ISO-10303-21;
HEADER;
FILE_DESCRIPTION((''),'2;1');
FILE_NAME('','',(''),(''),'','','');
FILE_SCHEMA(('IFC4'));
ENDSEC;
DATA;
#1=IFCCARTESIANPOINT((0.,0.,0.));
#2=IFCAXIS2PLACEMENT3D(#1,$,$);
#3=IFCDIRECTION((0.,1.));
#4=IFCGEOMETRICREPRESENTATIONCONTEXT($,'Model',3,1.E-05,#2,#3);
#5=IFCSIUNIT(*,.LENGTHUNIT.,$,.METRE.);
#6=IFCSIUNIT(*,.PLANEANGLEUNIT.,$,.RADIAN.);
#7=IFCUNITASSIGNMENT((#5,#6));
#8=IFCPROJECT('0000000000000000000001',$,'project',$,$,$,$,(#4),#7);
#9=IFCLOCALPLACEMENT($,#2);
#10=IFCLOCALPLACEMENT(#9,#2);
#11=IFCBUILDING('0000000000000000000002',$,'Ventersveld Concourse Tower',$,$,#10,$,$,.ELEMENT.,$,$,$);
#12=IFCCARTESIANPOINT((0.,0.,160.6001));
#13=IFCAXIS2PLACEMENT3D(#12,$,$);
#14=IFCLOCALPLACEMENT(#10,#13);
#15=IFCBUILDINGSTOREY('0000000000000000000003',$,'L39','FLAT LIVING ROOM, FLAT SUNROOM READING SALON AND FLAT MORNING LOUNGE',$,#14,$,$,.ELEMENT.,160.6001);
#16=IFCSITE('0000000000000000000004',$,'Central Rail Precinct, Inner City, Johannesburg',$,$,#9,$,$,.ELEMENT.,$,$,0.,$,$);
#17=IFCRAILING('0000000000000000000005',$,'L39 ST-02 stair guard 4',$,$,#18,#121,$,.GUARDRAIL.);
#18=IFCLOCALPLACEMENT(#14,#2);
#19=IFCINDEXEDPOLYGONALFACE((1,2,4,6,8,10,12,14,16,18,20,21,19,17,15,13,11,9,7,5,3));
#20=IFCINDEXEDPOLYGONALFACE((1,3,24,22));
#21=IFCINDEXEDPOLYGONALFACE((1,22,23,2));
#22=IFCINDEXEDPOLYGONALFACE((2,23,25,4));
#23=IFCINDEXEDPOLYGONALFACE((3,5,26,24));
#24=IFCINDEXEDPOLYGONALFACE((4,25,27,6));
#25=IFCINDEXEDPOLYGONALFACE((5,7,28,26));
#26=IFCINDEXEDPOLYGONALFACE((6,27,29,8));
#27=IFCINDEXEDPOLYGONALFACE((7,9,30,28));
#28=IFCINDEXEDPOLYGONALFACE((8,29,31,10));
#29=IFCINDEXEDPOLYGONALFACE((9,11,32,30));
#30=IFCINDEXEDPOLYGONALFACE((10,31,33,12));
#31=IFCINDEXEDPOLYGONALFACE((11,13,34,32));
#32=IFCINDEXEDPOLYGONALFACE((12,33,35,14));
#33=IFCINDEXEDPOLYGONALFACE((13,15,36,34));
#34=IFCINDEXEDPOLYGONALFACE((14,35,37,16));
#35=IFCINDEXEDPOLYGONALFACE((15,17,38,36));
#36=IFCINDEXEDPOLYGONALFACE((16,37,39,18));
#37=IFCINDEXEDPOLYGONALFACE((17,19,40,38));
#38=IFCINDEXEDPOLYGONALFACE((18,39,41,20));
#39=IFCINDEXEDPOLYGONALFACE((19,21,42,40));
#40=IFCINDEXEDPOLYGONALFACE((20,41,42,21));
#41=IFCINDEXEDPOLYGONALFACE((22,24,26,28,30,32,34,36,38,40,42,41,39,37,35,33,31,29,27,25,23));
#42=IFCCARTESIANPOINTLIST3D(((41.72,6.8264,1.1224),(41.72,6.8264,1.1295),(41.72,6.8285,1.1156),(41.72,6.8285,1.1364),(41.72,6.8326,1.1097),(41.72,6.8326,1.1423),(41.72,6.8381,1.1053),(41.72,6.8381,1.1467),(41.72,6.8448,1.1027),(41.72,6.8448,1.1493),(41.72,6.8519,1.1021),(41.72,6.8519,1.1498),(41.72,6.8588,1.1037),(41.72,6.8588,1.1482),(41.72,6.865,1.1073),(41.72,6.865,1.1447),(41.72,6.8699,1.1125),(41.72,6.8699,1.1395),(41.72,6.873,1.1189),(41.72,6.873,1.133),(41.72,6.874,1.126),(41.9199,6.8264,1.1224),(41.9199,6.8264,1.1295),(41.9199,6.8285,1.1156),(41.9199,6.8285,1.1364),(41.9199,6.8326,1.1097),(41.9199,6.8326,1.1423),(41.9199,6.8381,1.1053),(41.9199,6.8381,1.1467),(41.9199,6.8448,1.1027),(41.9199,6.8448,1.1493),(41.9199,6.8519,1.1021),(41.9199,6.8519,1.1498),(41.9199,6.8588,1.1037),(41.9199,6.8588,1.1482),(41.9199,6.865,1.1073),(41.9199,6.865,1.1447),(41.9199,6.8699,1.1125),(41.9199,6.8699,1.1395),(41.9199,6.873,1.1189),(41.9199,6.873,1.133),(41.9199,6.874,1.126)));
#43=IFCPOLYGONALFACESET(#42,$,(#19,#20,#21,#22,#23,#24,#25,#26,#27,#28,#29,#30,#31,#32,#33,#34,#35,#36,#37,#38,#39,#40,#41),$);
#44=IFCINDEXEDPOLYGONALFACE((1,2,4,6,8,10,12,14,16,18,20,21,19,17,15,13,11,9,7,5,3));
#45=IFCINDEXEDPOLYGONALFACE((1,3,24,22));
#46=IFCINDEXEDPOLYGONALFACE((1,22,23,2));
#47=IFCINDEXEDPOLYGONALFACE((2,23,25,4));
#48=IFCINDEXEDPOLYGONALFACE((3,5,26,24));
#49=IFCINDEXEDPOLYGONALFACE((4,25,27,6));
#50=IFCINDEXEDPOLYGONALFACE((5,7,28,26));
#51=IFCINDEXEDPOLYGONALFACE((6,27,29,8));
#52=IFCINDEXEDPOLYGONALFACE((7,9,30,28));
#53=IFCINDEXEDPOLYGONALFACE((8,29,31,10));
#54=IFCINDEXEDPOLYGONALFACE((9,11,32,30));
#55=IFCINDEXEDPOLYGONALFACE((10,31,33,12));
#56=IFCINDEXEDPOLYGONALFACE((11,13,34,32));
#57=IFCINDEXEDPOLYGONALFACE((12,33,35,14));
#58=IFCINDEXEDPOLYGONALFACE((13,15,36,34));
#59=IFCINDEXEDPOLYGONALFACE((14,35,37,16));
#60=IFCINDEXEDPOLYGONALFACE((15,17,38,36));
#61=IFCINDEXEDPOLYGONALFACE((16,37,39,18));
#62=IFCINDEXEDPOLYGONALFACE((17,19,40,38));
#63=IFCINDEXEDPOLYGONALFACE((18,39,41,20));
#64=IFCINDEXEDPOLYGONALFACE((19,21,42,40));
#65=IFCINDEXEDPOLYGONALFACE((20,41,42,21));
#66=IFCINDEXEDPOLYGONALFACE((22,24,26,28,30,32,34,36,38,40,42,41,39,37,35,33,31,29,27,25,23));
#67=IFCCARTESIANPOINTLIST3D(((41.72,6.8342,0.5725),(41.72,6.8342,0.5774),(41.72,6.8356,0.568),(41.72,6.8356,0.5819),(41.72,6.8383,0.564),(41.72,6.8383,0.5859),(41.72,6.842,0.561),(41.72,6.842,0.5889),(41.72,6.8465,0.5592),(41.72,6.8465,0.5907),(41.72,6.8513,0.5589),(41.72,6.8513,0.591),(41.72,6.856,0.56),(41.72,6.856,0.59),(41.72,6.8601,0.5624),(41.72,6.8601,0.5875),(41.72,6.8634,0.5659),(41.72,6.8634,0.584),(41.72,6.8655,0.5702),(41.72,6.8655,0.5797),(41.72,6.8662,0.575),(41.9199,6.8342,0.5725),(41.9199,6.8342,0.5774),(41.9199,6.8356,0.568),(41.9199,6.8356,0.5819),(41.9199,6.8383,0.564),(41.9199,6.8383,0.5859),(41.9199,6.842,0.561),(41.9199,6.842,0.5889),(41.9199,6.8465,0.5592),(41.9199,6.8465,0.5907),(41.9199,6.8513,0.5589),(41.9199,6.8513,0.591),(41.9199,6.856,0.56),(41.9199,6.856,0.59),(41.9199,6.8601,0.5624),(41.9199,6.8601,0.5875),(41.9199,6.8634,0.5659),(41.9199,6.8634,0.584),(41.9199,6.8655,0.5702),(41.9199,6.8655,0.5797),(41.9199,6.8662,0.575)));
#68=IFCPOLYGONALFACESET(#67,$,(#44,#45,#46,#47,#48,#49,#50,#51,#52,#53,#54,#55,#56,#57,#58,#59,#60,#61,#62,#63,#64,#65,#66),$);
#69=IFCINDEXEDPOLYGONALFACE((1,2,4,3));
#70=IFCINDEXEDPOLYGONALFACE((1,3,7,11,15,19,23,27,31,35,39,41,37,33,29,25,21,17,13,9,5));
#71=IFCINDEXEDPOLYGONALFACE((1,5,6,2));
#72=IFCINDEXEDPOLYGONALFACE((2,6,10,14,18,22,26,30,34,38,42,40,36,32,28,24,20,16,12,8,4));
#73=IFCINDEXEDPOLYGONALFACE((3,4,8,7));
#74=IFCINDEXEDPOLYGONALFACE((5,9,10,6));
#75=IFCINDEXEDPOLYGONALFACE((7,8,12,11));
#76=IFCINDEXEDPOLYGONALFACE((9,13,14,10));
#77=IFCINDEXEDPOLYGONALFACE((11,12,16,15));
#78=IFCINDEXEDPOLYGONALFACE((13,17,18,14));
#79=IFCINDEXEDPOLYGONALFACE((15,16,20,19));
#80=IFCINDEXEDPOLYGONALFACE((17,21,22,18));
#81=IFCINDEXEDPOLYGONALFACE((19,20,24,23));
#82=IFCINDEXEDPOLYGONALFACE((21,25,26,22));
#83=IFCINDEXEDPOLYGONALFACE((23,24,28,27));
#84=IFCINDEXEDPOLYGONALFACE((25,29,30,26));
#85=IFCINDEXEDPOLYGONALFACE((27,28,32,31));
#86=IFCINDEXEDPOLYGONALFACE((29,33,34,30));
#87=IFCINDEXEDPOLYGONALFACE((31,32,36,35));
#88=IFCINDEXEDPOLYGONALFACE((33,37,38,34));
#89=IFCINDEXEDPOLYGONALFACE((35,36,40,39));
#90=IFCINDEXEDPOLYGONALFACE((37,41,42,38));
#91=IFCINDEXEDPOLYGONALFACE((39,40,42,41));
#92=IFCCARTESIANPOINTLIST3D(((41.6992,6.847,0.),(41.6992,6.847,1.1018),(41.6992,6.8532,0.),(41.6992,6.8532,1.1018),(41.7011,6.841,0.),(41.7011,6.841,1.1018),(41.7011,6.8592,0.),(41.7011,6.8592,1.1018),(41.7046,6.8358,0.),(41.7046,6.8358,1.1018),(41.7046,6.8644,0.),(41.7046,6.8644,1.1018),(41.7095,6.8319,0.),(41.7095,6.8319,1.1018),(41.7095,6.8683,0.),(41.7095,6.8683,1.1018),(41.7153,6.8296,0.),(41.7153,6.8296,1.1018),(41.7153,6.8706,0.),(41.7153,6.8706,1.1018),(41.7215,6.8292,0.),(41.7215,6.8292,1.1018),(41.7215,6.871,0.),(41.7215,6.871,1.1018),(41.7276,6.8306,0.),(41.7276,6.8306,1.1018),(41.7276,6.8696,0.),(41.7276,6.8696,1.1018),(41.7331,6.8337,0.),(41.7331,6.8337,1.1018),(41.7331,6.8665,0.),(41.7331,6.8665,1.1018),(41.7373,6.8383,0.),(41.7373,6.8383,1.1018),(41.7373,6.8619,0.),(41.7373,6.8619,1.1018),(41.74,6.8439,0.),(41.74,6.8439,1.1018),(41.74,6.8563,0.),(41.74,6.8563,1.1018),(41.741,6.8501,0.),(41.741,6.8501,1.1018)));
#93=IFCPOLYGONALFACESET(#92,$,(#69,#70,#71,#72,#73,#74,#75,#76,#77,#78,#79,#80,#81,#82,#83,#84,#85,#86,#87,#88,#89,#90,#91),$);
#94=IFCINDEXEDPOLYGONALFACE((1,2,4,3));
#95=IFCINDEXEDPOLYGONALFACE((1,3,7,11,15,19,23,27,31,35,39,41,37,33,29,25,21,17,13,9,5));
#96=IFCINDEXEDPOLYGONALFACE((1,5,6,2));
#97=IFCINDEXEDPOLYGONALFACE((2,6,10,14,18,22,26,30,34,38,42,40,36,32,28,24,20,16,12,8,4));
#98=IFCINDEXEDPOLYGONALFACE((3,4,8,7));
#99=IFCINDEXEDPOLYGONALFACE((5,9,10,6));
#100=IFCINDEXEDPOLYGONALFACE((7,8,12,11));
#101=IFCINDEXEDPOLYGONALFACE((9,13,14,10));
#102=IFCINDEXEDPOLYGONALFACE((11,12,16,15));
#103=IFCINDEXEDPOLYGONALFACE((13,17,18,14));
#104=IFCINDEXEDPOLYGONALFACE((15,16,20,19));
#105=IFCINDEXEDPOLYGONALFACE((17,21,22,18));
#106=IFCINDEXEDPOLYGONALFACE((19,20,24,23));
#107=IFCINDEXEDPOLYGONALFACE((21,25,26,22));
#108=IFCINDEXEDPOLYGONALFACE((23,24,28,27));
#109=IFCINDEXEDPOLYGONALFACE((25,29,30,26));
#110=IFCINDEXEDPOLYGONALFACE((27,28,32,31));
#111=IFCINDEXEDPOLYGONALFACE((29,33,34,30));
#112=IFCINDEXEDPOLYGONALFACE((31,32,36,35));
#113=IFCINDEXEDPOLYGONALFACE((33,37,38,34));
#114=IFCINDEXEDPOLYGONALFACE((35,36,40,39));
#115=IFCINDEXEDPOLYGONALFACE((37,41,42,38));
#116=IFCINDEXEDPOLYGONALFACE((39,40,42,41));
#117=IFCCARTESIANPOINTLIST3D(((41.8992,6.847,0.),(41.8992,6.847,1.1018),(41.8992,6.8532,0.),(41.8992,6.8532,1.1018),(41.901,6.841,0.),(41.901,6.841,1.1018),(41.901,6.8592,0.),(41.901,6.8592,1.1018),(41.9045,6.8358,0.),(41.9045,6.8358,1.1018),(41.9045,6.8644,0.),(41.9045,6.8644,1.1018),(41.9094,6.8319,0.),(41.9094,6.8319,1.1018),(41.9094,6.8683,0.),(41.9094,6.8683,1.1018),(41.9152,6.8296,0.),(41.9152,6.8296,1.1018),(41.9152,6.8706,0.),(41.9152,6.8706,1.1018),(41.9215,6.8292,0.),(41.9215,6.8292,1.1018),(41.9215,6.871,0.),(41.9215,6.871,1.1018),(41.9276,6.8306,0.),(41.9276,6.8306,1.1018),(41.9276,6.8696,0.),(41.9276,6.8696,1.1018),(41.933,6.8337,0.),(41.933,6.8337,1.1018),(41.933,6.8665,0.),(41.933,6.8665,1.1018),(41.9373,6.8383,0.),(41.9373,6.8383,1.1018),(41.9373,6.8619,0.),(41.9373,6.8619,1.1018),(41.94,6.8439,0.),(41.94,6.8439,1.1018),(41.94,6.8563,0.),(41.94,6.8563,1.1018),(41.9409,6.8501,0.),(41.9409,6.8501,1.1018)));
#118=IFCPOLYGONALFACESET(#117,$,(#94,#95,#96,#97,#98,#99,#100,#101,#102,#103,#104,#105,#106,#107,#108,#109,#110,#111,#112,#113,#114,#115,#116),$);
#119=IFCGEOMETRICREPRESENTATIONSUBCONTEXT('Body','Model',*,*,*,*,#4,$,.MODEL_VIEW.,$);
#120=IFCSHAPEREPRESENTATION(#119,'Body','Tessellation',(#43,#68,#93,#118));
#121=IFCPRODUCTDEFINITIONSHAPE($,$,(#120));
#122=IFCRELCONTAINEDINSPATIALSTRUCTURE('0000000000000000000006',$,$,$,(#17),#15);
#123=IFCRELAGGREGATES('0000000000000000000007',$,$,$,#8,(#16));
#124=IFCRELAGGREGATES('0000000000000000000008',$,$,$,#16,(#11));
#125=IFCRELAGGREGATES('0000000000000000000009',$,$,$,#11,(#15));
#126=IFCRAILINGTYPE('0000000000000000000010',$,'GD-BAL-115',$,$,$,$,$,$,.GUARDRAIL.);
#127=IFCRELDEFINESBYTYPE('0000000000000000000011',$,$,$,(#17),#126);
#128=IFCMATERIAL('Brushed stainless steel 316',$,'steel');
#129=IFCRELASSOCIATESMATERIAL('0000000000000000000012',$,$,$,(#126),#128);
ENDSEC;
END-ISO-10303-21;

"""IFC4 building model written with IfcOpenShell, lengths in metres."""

from ifc_helpers import new_model, si_unit, direction, frame, origin, origin_2d, place, context, subcontext, project, spatial, circle, extrude, material, type_object, element, save


model = new_model("IFC4")

# Units and contexts
model_context = context("Model", 3, precision=1e-05, world=origin(), true_north=direction((0.0, 1.0)))
body_context = subcontext(model_context, "Body", "Model", "MODEL_VIEW")
ifc_project = project(units=[si_unit("LENGTHUNIT", "METRE"), si_unit("PLANEANGLEUNIT", "RADIAN")], contexts=[model_context])

# Site, building, storey
site_placement = place(None, origin())
site = spatial("IfcSite", under=ifc_project, at=site_placement, Name="Central Rail Precinct, Inner City, Johannesburg", CompositionType="ELEMENT", RefElevation=0.0)
building_placement = place(site_placement, origin())
building = spatial("IfcBuilding", under=site, at=building_placement, Name="Ventersveld Concourse Tower", CompositionType="ELEMENT")
storey_placement = place(building_placement, frame((0.0, 0.0, 160.6001)))
storey = spatial("IfcBuildingStorey", under=building, at=storey_placement, Name="L39", Description="FLAT LIVING ROOM, FLAT SUNROOM READING SALON AND FLAT MORNING LOUNGE", CompositionType="ELEMENT", Elevation=160.6001)

# Railing
ifc_material_1 = material(Name="Brushed stainless steel 316", Category="steel")
railing_type_1 = type_object("IfcRailingType", Name="GD-BAL-115", PredefinedType="GUARDRAIL", material=ifc_material_1)
railing_1_placement = place(storey_placement, frame((41.72, 6.8501, 0.0)))
element("IfcRailing", 1, at=railing_1_placement, inside=storey, type_object=railing_type_1, Name="L39 ST-02 stair guard 4", PredefinedType="GUARDRAIL", context=body_context, shape_type="SweptSolid", body=[
    extrude(circle(Radius=0.0239, at=origin_2d()), frame((0.0, 0.0, 1.126), z_axis=(1.0, 0.0, 0.0), x_axis=(0.0, 1.0, 0.0)), (0.0, 0.0, 1.0), 0.2),
    extrude(circle(Radius=0.0161, at=origin_2d()), frame((0.0, 0.0, 0.575), z_axis=(1.0, 0.0, 0.0), x_axis=(0.0, 1.0, 0.0)), (0.0, 0.0, 1.0), 0.2),
    extrude(circle(Radius=0.021, at=origin_2d()), origin(), (0.0, 0.0, 1.0), 1.1018),
    extrude(circle(Radius=0.021, at=origin_2d()), frame((0.2, 0.0, 0.0)), (0.0, 0.0, 1.0), 1.1018),
])

save(model, "model.ifc")
